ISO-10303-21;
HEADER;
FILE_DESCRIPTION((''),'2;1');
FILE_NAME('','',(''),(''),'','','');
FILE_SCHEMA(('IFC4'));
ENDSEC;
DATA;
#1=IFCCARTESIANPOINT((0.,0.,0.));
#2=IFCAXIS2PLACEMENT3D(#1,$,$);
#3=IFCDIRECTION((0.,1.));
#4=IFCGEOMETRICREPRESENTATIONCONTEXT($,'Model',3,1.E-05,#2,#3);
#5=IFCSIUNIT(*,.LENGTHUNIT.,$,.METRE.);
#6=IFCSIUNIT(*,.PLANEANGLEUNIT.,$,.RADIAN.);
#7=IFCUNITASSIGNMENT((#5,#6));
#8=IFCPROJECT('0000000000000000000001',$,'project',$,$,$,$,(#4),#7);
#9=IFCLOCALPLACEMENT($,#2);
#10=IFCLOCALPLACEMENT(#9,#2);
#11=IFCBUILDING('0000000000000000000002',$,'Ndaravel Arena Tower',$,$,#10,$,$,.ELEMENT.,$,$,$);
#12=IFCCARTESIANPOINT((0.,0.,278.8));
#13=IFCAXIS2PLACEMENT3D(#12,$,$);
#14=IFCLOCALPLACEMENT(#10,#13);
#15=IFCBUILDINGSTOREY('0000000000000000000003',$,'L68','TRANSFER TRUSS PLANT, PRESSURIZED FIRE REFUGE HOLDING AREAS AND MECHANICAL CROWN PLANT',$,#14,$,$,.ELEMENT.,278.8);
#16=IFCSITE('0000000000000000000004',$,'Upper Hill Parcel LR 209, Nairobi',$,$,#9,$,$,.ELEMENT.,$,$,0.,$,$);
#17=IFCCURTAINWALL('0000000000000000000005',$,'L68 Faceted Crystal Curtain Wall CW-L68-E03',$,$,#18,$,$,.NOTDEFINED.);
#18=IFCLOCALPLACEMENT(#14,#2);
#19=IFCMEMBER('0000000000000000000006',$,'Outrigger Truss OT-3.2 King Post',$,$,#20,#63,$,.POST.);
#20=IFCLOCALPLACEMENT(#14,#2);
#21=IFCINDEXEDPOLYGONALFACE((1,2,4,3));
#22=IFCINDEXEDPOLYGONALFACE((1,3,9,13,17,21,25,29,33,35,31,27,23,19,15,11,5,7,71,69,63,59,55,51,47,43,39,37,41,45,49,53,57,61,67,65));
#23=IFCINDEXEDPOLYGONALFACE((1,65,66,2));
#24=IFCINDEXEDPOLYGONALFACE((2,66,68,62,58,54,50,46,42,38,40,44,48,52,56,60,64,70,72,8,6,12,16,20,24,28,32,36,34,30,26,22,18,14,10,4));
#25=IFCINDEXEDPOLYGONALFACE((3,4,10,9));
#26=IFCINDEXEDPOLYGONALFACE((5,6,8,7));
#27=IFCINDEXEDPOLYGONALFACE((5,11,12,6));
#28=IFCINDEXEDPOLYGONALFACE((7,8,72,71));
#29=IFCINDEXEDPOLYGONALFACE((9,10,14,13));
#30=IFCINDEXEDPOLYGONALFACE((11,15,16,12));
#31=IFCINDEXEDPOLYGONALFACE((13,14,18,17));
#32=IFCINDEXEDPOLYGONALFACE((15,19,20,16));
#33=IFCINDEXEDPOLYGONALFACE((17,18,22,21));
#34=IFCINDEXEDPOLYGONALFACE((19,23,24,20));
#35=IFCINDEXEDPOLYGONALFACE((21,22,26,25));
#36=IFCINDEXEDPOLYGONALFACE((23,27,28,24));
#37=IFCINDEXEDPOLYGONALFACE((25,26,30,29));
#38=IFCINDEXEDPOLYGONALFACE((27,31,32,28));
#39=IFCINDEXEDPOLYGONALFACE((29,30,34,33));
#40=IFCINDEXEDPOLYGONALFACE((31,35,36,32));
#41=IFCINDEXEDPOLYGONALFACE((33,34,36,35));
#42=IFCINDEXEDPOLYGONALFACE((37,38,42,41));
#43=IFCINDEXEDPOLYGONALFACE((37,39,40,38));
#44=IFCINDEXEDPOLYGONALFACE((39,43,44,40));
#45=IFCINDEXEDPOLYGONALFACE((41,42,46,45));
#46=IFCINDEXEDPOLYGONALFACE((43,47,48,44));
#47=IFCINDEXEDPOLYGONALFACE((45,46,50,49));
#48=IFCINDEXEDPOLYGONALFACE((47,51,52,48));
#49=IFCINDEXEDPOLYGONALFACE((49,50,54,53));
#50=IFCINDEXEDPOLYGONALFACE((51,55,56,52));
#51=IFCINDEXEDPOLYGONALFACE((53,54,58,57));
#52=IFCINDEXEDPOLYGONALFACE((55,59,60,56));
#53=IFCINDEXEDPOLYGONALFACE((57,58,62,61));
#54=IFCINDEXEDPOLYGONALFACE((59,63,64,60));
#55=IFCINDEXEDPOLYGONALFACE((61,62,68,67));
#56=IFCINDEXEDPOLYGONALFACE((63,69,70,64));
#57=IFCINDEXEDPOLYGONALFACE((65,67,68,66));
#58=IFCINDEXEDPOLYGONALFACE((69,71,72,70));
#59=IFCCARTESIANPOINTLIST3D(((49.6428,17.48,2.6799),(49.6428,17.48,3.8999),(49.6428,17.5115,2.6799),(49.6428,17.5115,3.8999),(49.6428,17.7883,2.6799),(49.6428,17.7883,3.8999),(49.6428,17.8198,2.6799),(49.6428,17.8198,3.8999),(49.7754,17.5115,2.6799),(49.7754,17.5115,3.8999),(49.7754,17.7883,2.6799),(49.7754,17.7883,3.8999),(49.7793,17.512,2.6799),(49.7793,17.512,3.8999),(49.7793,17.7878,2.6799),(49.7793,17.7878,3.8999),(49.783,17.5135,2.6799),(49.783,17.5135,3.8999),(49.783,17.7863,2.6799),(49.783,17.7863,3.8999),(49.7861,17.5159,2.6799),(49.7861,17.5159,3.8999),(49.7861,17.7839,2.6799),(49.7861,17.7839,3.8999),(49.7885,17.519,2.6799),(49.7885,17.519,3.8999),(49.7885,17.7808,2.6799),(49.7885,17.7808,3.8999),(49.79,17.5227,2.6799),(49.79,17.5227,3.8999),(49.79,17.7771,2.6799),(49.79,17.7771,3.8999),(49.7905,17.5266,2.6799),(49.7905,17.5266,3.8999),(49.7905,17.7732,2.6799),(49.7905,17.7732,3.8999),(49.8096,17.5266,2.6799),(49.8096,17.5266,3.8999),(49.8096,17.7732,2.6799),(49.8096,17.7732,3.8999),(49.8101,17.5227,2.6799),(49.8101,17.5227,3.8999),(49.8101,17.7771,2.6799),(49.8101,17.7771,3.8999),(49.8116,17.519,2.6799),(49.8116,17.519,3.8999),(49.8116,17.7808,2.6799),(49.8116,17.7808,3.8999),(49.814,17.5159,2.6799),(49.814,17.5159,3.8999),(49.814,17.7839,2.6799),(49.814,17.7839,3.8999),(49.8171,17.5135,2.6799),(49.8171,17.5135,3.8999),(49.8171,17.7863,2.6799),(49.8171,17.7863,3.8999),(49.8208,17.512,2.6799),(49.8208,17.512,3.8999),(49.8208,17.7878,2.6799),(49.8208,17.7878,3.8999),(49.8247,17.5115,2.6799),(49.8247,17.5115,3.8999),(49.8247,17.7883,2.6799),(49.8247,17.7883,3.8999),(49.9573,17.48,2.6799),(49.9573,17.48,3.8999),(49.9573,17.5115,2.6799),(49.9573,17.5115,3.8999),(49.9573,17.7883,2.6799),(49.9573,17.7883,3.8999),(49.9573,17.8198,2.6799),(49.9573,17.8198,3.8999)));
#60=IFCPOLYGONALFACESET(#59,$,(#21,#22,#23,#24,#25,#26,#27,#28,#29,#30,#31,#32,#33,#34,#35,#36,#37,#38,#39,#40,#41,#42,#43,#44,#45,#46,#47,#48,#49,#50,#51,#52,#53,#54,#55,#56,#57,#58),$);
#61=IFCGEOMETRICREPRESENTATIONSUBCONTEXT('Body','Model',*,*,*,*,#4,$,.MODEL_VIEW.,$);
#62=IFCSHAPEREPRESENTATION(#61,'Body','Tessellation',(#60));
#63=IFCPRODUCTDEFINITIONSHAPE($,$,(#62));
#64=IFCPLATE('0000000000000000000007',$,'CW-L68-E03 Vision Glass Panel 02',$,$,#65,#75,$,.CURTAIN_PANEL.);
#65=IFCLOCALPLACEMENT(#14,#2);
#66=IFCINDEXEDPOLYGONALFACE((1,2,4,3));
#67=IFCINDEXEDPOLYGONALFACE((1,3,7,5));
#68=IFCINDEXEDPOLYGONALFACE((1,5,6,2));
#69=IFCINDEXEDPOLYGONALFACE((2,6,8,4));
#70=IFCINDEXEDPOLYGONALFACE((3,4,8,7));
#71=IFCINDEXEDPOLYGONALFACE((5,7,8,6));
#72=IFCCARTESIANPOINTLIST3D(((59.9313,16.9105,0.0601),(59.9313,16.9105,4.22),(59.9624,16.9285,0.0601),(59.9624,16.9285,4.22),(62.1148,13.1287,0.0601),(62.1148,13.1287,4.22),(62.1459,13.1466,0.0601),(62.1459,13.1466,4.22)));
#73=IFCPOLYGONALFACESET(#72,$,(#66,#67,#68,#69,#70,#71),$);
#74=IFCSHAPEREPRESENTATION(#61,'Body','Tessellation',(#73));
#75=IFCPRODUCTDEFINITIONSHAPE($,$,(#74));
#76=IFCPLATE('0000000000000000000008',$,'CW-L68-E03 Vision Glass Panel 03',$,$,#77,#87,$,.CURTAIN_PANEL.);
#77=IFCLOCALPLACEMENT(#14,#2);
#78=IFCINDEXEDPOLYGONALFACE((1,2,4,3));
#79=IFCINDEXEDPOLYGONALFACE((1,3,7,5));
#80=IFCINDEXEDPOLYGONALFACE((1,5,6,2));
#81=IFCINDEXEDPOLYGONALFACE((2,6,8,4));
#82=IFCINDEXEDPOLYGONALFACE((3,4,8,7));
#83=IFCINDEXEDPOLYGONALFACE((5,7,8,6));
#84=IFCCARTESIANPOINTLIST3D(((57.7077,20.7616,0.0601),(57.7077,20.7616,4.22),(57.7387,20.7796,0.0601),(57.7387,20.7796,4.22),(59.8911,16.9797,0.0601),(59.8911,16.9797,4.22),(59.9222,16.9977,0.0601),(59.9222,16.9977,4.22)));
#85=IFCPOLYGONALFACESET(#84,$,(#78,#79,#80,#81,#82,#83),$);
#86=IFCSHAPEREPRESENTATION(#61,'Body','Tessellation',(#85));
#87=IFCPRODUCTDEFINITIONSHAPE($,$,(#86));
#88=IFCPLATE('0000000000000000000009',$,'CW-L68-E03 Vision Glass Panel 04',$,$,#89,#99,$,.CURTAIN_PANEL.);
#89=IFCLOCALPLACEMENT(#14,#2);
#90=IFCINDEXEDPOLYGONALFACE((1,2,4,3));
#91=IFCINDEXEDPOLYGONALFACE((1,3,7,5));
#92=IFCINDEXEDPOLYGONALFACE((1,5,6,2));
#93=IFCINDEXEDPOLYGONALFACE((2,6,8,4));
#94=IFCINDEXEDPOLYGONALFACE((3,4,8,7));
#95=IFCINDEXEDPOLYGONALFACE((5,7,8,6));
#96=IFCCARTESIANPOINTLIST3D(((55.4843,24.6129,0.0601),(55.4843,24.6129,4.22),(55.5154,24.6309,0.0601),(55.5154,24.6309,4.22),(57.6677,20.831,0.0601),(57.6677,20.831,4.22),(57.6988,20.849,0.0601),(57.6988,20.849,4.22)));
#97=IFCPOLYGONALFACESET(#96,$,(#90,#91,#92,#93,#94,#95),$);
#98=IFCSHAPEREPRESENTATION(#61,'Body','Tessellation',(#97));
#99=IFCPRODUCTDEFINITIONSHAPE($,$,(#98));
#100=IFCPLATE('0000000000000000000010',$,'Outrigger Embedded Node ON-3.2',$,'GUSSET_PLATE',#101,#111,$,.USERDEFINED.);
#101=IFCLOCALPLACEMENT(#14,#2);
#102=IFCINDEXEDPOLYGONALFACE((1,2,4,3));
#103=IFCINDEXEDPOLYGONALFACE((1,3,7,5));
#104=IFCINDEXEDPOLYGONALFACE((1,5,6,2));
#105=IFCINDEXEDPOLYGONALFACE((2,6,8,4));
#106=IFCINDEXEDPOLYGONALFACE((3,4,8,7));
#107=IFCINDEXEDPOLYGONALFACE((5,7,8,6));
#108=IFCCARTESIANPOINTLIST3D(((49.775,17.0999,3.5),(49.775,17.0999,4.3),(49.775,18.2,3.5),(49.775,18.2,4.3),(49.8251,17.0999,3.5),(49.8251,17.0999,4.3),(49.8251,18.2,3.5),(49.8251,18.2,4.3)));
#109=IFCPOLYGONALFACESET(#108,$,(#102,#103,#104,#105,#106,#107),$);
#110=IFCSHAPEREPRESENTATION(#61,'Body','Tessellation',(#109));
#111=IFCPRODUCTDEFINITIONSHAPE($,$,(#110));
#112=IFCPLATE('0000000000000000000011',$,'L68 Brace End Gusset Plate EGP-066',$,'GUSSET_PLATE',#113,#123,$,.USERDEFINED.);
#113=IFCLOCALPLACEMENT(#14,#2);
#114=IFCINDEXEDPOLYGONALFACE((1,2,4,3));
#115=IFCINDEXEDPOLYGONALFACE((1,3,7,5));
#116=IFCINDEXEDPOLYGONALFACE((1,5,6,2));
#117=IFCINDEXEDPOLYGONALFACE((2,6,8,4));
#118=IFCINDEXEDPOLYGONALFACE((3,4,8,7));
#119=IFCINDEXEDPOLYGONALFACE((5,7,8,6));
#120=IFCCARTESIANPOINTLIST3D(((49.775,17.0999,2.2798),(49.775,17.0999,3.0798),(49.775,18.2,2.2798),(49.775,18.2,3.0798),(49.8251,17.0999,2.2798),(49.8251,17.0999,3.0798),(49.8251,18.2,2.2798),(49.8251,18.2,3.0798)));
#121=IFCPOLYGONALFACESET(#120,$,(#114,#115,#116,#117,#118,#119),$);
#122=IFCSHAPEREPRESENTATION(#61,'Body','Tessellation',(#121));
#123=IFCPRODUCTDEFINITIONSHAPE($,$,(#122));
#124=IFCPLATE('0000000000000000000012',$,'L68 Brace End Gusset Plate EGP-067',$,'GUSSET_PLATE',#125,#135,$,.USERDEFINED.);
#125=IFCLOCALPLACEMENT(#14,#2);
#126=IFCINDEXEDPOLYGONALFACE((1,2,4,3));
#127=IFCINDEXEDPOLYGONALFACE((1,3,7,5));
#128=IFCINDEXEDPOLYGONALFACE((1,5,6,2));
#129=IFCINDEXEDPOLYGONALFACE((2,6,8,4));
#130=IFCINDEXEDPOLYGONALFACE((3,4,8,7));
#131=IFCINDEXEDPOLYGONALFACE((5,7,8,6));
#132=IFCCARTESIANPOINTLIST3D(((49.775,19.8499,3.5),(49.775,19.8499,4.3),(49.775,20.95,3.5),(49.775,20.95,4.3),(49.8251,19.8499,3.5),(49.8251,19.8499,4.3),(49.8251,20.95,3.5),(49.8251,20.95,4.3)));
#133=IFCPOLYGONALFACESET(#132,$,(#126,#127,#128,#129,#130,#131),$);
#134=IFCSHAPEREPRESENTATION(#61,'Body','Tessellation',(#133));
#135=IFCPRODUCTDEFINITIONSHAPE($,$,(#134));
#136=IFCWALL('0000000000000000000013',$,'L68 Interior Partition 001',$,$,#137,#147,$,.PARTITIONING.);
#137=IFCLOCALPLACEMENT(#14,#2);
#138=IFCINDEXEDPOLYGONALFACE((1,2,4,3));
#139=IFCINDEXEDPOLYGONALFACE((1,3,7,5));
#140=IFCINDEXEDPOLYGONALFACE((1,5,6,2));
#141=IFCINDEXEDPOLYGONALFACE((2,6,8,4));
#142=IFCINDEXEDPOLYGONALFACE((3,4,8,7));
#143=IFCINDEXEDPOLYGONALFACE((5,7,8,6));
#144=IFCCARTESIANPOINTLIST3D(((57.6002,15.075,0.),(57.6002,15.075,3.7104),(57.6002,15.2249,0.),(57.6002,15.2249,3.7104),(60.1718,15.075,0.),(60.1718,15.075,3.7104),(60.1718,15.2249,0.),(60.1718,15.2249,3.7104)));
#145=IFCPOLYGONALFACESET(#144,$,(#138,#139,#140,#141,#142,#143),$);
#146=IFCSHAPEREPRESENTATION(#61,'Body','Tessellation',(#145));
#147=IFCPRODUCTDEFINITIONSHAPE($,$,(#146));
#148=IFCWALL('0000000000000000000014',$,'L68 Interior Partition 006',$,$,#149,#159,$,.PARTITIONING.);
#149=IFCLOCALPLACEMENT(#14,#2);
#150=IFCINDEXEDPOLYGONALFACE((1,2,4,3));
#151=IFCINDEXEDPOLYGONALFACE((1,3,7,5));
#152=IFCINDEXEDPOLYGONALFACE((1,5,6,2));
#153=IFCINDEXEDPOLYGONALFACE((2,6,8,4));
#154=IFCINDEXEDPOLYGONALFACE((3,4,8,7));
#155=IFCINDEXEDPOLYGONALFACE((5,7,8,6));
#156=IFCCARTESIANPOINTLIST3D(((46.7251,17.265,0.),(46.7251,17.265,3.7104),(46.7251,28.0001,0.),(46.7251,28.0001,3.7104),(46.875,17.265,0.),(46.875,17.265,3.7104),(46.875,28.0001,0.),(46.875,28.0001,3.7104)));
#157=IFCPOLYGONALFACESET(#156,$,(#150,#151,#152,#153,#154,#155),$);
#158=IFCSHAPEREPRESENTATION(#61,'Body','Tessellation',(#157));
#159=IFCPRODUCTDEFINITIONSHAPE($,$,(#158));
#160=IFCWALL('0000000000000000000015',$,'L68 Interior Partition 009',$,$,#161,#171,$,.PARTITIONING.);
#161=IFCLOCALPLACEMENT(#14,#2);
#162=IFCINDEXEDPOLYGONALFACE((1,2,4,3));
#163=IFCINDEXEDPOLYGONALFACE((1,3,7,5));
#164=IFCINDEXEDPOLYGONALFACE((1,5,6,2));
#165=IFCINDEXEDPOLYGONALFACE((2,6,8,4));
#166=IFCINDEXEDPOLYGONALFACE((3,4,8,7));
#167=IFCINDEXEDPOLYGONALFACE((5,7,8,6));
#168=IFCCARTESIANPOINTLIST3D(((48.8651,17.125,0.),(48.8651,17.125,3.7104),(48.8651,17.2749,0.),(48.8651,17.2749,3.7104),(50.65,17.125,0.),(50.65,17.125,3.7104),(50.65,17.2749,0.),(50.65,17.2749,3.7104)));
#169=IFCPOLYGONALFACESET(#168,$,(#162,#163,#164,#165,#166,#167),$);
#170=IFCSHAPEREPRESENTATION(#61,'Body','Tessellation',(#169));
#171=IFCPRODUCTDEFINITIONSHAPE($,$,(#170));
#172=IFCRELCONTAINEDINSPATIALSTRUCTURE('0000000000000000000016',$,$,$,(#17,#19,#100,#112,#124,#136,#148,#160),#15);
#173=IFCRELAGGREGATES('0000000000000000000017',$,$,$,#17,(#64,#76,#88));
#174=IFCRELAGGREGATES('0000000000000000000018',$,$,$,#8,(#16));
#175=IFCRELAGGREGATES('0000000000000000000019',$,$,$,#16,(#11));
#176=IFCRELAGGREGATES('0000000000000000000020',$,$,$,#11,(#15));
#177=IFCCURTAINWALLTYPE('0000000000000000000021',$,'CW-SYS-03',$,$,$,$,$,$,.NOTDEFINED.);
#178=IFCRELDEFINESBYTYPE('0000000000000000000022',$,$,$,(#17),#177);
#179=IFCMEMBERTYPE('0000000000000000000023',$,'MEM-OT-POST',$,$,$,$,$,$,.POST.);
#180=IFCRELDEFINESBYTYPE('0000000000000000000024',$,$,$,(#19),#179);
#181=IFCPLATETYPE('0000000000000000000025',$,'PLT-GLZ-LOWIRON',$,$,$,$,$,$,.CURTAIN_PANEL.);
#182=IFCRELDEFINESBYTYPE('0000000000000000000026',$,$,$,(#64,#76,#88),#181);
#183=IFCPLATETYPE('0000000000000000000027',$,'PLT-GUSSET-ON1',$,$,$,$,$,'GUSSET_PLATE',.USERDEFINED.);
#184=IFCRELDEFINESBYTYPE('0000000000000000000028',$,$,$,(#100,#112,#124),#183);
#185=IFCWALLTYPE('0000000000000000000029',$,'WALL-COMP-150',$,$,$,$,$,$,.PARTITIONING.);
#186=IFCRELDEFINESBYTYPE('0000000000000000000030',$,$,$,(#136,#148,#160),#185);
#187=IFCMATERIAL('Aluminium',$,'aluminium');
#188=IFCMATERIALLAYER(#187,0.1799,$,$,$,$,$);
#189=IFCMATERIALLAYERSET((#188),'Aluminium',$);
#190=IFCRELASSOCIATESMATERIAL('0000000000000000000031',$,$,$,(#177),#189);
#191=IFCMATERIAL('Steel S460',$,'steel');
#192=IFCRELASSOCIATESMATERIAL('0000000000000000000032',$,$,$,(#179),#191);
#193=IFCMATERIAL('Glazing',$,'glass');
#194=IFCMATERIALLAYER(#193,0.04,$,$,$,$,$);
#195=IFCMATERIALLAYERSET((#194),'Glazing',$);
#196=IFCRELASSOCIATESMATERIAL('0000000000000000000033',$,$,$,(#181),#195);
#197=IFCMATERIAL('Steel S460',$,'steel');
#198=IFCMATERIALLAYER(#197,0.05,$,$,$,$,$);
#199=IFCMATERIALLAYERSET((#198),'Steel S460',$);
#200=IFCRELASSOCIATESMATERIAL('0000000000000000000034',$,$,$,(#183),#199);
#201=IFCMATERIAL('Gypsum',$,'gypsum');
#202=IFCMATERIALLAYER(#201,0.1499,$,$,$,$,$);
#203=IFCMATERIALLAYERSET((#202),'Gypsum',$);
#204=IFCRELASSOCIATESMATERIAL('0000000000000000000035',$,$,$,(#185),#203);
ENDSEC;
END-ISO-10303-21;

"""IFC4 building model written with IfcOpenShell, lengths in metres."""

from ifc_helpers import new_model, si_unit, direction, frame, frame_2d, origin, origin_2d, place, context, subcontext, project, spatial, rectangle, i_section, extrude, material, layer, layer_set, material_profile, profile_set, type_object, element, aggregate, save


model = new_model("IFC4")

# Units and contexts
model_context = context("Model", 3, precision=1e-05, world=origin(), true_north=direction((0.0, 1.0)))
body_context = subcontext(model_context, "Body", "Model", "MODEL_VIEW")
ifc_project = project(units=[si_unit("LENGTHUNIT", "METRE"), si_unit("PLANEANGLEUNIT", "RADIAN")], contexts=[model_context])

# Site, building, storey
site_placement = place(None, origin())
site = spatial("IfcSite", under=ifc_project, at=site_placement, Name="Upper Hill Parcel LR 209, Nairobi", CompositionType="ELEMENT", RefElevation=0.0)
building_placement = place(site_placement, origin())
building = spatial("IfcBuilding", under=site, at=building_placement, Name="Ndaravel Arena Tower", CompositionType="ELEMENT")
storey_placement = place(building_placement, frame((0.0, 0.0, 278.8)))
storey = spatial("IfcBuildingStorey", under=building, at=storey_placement, Name="L68", Description="TRANSFER TRUSS PLANT, PRESSURIZED FIRE REFUGE HOLDING AREAS AND MECHANICAL CROWN PLANT", CompositionType="ELEMENT", Elevation=278.8)

# Curtain wall
ifc_material_1 = material(Name="Aluminium", Category="aluminium")
ifc_layer_1 = layer(ifc_material_1, 0.1799)
ifc_layer_set_1 = layer_set([ifc_layer_1], Name="Aluminium")
curtain_wall_type = type_object("IfcCurtainWallType", Name="CW-SYS-03", PredefinedType="NOTDEFINED", material=ifc_layer_set_1)
curtain_wall_placement = place(storey_placement, origin())
curtain_wall = element("IfcCurtainWall", 1, at=curtain_wall_placement, inside=storey, type_object=curtain_wall_type, Name="L68 Faceted Crystal Curtain Wall CW-L68-E03", PredefinedType="NOTDEFINED")

# Member
ifc_material_2 = material(Name="Steel S460", Category="steel")
ifc_material_profile_1 = material_profile(ifc_material_2, i_section(OverallWidth=0.3145, OverallDepth=0.3398, WebThickness=0.019, FlangeThickness=0.0315, FilletRadius=0.0151, at=origin_2d()), Name="UC 305x305x198")
ifc_profile_set_1 = profile_set([ifc_material_profile_1], Name="Steel S460")
member_type_1 = type_object("IfcMemberType", Name="MEM-OT-POST", PredefinedType="POST", material=ifc_profile_set_1)
member_1_placement = place(storey_placement, frame((49.8, 17.6499, 2.6799), z_axis=(0.0, 0.0, 1.0), x_axis=(1.0, 0.0, 0.0)))
element("IfcMember", 2, at=member_1_placement, inside=storey, type_object=member_type_1, Name="Outrigger Truss OT-3.2 King Post", PredefinedType="POST", context=body_context, shape_type="SweptSolid", body=[
    extrude(i_section(OverallWidth=0.3145, OverallDepth=0.3398, WebThickness=0.019, FlangeThickness=0.0315, FilletRadius=0.0151, at=origin_2d()), origin(), (0.0, 0.0, 1.0), 1.22),
])

# Plates
ifc_material_3 = material(Name="Glazing", Category="glass")
ifc_layer_2 = layer(ifc_material_3, 0.04)
ifc_layer_set_2 = layer_set([ifc_layer_2], Name="Glazing")
plate_type_1 = type_object("IfcPlateType", Name="PLT-GLZ-LOWIRON", PredefinedType="CURTAIN_PANEL", material=ifc_layer_set_2)
plate_1_placement = place(storey_placement, frame((61.0386, 15.0286, 0.0601), z_axis=(0.0, 0.0, 1.0), x_axis=(-0.5, 0.866025, 0.0)))
plate_1 = element("IfcPlate", 3, at=plate_1_placement, type_object=plate_type_1, Name="CW-L68-E03 Vision Glass Panel 02", PredefinedType="CURTAIN_PANEL", context=body_context, shape_type="SweptSolid", body=[
    extrude(rectangle(XDim=4.3669, YDim=0.0359, at=origin_2d()), origin(), (0.0, 0.0, 1.0), 4.1599),
])
plate_2_placement = place(storey_placement, frame((58.8149, 18.8796, 0.0601), z_axis=(0.0, 0.0, 1.0), x_axis=(-0.5, 0.866025, 0.0)))
plate_2 = element("IfcPlate", 4, at=plate_2_placement, type_object=plate_type_1, Name="CW-L68-E03 Vision Glass Panel 03", PredefinedType="CURTAIN_PANEL", context=body_context, shape_type="SweptSolid", body=[
    extrude(rectangle(XDim=4.3669, YDim=0.0359, at=origin_2d()), origin(), (0.0, 0.0, 1.0), 4.1599),
])
plate_3_placement = place(storey_placement, frame((56.5916, 22.731, 0.0601), z_axis=(0.0, 0.0, 1.0), x_axis=(-0.5, 0.866025, 0.0)))
plate_3 = element("IfcPlate", 5, at=plate_3_placement, type_object=plate_type_1, Name="CW-L68-E03 Vision Glass Panel 04", PredefinedType="CURTAIN_PANEL", context=body_context, shape_type="SweptSolid", body=[
    extrude(rectangle(XDim=4.3669, YDim=0.0359, at=origin_2d()), origin(), (0.0, 0.0, 1.0), 4.1599),
])
aggregate(curtain_wall, [plate_1, plate_2, plate_3])

# Plates
ifc_material_4 = material(Name="Steel S460", Category="steel")
ifc_layer_3 = layer(ifc_material_4, 0.05)
ifc_layer_set_3 = layer_set([ifc_layer_3], Name="Steel S460")
plate_type_2 = type_object("IfcPlateType", Name="PLT-GUSSET-ON1", ElementType="GUSSET_PLATE", PredefinedType="USERDEFINED", material=ifc_layer_set_3)
for number, where, z_axis, x_axis, name in (
    (6, (49.8, 17.6499, 3.5), (0.0, 0.0, 1.0), (1.0, 0.0, 0.0), "Outrigger Embedded Node ON-3.2"),
    (7, (49.8, 17.6499, 2.2798), (0.0, 0.0, 1.0), (1.0, 0.0, 0.0), "L68 Brace End Gusset Plate EGP-066"),
    (8, (49.8, 20.3999, 3.5), (0.0, 0.0, 1.0), (1.0, 0.0, 0.0), "L68 Brace End Gusset Plate EGP-067"),
):
    element("IfcPlate", number, at=place(storey_placement, frame(where, z_axis=z_axis, x_axis=x_axis)), inside=storey, type_object=plate_type_2, Name=name, ObjectType="GUSSET_PLATE", PredefinedType="USERDEFINED", context=body_context, shape_type="SweptSolid", body=[
        extrude(rectangle(XDim=0.05, YDim=1.1001, at=origin_2d()), origin(), (0.0, 0.0, 1.0), 0.8),
    ])

# Walls
ifc_material_5 = material(Name="Gypsum", Category="gypsum")
ifc_layer_4 = layer(ifc_material_5, 0.1499)
ifc_layer_set_4 = layer_set([ifc_layer_4], Name="Gypsum")
wall_type_1 = type_object("IfcWallType", Name="WALL-COMP-150", PredefinedType="PARTITIONING", material=ifc_layer_set_4)
wall_1_placement = place(storey_placement, frame((60.1716, 15.1499, 0.0), z_axis=(0.0, 0.0, 1.0), x_axis=(-1.0, 0.0, 0.0)))
element("IfcWall", 9, at=wall_1_placement, inside=storey, type_object=wall_type_1, Name="L68 Interior Partition 001", PredefinedType="PARTITIONING", context=body_context, shape_type="SweptSolid", body=[
    extrude(rectangle(XDim=2.5715, YDim=0.1499, at=frame_2d((1.2856, 0.0))), origin(), (0.0, 0.0, 1.0), 3.7104),
])
wall_2_placement = place(storey_placement, frame((46.8, 17.2649, 0.0), z_axis=(0.0, 0.0, 1.0), x_axis=(0.0, 1.0, 0.0)))
element("IfcWall", 10, at=wall_2_placement, inside=storey, type_object=wall_type_1, Name="L68 Interior Partition 006", PredefinedType="PARTITIONING", context=body_context, shape_type="SweptSolid", body=[
    extrude(rectangle(XDim=10.7351, YDim=0.1499, at=frame_2d((5.3677, 0.0))), origin(), (0.0, 0.0, 1.0), 3.7104),
])
wall_3_placement = place(storey_placement, frame((48.865, 17.2, 0.0), z_axis=(0.0, 0.0, 1.0), x_axis=(1.0, 0.0, 0.0)))
element("IfcWall", 11, at=wall_3_placement, inside=storey, type_object=wall_type_1, Name="L68 Interior Partition 009", PredefinedType="PARTITIONING", context=body_context, shape_type="SweptSolid", body=[
    extrude(rectangle(XDim=1.7849, YDim=0.1499, at=frame_2d((0.8926, 0.0))), origin(), (0.0, 0.0, 1.0), 3.7104),
])

save(model, "model.ifc")
